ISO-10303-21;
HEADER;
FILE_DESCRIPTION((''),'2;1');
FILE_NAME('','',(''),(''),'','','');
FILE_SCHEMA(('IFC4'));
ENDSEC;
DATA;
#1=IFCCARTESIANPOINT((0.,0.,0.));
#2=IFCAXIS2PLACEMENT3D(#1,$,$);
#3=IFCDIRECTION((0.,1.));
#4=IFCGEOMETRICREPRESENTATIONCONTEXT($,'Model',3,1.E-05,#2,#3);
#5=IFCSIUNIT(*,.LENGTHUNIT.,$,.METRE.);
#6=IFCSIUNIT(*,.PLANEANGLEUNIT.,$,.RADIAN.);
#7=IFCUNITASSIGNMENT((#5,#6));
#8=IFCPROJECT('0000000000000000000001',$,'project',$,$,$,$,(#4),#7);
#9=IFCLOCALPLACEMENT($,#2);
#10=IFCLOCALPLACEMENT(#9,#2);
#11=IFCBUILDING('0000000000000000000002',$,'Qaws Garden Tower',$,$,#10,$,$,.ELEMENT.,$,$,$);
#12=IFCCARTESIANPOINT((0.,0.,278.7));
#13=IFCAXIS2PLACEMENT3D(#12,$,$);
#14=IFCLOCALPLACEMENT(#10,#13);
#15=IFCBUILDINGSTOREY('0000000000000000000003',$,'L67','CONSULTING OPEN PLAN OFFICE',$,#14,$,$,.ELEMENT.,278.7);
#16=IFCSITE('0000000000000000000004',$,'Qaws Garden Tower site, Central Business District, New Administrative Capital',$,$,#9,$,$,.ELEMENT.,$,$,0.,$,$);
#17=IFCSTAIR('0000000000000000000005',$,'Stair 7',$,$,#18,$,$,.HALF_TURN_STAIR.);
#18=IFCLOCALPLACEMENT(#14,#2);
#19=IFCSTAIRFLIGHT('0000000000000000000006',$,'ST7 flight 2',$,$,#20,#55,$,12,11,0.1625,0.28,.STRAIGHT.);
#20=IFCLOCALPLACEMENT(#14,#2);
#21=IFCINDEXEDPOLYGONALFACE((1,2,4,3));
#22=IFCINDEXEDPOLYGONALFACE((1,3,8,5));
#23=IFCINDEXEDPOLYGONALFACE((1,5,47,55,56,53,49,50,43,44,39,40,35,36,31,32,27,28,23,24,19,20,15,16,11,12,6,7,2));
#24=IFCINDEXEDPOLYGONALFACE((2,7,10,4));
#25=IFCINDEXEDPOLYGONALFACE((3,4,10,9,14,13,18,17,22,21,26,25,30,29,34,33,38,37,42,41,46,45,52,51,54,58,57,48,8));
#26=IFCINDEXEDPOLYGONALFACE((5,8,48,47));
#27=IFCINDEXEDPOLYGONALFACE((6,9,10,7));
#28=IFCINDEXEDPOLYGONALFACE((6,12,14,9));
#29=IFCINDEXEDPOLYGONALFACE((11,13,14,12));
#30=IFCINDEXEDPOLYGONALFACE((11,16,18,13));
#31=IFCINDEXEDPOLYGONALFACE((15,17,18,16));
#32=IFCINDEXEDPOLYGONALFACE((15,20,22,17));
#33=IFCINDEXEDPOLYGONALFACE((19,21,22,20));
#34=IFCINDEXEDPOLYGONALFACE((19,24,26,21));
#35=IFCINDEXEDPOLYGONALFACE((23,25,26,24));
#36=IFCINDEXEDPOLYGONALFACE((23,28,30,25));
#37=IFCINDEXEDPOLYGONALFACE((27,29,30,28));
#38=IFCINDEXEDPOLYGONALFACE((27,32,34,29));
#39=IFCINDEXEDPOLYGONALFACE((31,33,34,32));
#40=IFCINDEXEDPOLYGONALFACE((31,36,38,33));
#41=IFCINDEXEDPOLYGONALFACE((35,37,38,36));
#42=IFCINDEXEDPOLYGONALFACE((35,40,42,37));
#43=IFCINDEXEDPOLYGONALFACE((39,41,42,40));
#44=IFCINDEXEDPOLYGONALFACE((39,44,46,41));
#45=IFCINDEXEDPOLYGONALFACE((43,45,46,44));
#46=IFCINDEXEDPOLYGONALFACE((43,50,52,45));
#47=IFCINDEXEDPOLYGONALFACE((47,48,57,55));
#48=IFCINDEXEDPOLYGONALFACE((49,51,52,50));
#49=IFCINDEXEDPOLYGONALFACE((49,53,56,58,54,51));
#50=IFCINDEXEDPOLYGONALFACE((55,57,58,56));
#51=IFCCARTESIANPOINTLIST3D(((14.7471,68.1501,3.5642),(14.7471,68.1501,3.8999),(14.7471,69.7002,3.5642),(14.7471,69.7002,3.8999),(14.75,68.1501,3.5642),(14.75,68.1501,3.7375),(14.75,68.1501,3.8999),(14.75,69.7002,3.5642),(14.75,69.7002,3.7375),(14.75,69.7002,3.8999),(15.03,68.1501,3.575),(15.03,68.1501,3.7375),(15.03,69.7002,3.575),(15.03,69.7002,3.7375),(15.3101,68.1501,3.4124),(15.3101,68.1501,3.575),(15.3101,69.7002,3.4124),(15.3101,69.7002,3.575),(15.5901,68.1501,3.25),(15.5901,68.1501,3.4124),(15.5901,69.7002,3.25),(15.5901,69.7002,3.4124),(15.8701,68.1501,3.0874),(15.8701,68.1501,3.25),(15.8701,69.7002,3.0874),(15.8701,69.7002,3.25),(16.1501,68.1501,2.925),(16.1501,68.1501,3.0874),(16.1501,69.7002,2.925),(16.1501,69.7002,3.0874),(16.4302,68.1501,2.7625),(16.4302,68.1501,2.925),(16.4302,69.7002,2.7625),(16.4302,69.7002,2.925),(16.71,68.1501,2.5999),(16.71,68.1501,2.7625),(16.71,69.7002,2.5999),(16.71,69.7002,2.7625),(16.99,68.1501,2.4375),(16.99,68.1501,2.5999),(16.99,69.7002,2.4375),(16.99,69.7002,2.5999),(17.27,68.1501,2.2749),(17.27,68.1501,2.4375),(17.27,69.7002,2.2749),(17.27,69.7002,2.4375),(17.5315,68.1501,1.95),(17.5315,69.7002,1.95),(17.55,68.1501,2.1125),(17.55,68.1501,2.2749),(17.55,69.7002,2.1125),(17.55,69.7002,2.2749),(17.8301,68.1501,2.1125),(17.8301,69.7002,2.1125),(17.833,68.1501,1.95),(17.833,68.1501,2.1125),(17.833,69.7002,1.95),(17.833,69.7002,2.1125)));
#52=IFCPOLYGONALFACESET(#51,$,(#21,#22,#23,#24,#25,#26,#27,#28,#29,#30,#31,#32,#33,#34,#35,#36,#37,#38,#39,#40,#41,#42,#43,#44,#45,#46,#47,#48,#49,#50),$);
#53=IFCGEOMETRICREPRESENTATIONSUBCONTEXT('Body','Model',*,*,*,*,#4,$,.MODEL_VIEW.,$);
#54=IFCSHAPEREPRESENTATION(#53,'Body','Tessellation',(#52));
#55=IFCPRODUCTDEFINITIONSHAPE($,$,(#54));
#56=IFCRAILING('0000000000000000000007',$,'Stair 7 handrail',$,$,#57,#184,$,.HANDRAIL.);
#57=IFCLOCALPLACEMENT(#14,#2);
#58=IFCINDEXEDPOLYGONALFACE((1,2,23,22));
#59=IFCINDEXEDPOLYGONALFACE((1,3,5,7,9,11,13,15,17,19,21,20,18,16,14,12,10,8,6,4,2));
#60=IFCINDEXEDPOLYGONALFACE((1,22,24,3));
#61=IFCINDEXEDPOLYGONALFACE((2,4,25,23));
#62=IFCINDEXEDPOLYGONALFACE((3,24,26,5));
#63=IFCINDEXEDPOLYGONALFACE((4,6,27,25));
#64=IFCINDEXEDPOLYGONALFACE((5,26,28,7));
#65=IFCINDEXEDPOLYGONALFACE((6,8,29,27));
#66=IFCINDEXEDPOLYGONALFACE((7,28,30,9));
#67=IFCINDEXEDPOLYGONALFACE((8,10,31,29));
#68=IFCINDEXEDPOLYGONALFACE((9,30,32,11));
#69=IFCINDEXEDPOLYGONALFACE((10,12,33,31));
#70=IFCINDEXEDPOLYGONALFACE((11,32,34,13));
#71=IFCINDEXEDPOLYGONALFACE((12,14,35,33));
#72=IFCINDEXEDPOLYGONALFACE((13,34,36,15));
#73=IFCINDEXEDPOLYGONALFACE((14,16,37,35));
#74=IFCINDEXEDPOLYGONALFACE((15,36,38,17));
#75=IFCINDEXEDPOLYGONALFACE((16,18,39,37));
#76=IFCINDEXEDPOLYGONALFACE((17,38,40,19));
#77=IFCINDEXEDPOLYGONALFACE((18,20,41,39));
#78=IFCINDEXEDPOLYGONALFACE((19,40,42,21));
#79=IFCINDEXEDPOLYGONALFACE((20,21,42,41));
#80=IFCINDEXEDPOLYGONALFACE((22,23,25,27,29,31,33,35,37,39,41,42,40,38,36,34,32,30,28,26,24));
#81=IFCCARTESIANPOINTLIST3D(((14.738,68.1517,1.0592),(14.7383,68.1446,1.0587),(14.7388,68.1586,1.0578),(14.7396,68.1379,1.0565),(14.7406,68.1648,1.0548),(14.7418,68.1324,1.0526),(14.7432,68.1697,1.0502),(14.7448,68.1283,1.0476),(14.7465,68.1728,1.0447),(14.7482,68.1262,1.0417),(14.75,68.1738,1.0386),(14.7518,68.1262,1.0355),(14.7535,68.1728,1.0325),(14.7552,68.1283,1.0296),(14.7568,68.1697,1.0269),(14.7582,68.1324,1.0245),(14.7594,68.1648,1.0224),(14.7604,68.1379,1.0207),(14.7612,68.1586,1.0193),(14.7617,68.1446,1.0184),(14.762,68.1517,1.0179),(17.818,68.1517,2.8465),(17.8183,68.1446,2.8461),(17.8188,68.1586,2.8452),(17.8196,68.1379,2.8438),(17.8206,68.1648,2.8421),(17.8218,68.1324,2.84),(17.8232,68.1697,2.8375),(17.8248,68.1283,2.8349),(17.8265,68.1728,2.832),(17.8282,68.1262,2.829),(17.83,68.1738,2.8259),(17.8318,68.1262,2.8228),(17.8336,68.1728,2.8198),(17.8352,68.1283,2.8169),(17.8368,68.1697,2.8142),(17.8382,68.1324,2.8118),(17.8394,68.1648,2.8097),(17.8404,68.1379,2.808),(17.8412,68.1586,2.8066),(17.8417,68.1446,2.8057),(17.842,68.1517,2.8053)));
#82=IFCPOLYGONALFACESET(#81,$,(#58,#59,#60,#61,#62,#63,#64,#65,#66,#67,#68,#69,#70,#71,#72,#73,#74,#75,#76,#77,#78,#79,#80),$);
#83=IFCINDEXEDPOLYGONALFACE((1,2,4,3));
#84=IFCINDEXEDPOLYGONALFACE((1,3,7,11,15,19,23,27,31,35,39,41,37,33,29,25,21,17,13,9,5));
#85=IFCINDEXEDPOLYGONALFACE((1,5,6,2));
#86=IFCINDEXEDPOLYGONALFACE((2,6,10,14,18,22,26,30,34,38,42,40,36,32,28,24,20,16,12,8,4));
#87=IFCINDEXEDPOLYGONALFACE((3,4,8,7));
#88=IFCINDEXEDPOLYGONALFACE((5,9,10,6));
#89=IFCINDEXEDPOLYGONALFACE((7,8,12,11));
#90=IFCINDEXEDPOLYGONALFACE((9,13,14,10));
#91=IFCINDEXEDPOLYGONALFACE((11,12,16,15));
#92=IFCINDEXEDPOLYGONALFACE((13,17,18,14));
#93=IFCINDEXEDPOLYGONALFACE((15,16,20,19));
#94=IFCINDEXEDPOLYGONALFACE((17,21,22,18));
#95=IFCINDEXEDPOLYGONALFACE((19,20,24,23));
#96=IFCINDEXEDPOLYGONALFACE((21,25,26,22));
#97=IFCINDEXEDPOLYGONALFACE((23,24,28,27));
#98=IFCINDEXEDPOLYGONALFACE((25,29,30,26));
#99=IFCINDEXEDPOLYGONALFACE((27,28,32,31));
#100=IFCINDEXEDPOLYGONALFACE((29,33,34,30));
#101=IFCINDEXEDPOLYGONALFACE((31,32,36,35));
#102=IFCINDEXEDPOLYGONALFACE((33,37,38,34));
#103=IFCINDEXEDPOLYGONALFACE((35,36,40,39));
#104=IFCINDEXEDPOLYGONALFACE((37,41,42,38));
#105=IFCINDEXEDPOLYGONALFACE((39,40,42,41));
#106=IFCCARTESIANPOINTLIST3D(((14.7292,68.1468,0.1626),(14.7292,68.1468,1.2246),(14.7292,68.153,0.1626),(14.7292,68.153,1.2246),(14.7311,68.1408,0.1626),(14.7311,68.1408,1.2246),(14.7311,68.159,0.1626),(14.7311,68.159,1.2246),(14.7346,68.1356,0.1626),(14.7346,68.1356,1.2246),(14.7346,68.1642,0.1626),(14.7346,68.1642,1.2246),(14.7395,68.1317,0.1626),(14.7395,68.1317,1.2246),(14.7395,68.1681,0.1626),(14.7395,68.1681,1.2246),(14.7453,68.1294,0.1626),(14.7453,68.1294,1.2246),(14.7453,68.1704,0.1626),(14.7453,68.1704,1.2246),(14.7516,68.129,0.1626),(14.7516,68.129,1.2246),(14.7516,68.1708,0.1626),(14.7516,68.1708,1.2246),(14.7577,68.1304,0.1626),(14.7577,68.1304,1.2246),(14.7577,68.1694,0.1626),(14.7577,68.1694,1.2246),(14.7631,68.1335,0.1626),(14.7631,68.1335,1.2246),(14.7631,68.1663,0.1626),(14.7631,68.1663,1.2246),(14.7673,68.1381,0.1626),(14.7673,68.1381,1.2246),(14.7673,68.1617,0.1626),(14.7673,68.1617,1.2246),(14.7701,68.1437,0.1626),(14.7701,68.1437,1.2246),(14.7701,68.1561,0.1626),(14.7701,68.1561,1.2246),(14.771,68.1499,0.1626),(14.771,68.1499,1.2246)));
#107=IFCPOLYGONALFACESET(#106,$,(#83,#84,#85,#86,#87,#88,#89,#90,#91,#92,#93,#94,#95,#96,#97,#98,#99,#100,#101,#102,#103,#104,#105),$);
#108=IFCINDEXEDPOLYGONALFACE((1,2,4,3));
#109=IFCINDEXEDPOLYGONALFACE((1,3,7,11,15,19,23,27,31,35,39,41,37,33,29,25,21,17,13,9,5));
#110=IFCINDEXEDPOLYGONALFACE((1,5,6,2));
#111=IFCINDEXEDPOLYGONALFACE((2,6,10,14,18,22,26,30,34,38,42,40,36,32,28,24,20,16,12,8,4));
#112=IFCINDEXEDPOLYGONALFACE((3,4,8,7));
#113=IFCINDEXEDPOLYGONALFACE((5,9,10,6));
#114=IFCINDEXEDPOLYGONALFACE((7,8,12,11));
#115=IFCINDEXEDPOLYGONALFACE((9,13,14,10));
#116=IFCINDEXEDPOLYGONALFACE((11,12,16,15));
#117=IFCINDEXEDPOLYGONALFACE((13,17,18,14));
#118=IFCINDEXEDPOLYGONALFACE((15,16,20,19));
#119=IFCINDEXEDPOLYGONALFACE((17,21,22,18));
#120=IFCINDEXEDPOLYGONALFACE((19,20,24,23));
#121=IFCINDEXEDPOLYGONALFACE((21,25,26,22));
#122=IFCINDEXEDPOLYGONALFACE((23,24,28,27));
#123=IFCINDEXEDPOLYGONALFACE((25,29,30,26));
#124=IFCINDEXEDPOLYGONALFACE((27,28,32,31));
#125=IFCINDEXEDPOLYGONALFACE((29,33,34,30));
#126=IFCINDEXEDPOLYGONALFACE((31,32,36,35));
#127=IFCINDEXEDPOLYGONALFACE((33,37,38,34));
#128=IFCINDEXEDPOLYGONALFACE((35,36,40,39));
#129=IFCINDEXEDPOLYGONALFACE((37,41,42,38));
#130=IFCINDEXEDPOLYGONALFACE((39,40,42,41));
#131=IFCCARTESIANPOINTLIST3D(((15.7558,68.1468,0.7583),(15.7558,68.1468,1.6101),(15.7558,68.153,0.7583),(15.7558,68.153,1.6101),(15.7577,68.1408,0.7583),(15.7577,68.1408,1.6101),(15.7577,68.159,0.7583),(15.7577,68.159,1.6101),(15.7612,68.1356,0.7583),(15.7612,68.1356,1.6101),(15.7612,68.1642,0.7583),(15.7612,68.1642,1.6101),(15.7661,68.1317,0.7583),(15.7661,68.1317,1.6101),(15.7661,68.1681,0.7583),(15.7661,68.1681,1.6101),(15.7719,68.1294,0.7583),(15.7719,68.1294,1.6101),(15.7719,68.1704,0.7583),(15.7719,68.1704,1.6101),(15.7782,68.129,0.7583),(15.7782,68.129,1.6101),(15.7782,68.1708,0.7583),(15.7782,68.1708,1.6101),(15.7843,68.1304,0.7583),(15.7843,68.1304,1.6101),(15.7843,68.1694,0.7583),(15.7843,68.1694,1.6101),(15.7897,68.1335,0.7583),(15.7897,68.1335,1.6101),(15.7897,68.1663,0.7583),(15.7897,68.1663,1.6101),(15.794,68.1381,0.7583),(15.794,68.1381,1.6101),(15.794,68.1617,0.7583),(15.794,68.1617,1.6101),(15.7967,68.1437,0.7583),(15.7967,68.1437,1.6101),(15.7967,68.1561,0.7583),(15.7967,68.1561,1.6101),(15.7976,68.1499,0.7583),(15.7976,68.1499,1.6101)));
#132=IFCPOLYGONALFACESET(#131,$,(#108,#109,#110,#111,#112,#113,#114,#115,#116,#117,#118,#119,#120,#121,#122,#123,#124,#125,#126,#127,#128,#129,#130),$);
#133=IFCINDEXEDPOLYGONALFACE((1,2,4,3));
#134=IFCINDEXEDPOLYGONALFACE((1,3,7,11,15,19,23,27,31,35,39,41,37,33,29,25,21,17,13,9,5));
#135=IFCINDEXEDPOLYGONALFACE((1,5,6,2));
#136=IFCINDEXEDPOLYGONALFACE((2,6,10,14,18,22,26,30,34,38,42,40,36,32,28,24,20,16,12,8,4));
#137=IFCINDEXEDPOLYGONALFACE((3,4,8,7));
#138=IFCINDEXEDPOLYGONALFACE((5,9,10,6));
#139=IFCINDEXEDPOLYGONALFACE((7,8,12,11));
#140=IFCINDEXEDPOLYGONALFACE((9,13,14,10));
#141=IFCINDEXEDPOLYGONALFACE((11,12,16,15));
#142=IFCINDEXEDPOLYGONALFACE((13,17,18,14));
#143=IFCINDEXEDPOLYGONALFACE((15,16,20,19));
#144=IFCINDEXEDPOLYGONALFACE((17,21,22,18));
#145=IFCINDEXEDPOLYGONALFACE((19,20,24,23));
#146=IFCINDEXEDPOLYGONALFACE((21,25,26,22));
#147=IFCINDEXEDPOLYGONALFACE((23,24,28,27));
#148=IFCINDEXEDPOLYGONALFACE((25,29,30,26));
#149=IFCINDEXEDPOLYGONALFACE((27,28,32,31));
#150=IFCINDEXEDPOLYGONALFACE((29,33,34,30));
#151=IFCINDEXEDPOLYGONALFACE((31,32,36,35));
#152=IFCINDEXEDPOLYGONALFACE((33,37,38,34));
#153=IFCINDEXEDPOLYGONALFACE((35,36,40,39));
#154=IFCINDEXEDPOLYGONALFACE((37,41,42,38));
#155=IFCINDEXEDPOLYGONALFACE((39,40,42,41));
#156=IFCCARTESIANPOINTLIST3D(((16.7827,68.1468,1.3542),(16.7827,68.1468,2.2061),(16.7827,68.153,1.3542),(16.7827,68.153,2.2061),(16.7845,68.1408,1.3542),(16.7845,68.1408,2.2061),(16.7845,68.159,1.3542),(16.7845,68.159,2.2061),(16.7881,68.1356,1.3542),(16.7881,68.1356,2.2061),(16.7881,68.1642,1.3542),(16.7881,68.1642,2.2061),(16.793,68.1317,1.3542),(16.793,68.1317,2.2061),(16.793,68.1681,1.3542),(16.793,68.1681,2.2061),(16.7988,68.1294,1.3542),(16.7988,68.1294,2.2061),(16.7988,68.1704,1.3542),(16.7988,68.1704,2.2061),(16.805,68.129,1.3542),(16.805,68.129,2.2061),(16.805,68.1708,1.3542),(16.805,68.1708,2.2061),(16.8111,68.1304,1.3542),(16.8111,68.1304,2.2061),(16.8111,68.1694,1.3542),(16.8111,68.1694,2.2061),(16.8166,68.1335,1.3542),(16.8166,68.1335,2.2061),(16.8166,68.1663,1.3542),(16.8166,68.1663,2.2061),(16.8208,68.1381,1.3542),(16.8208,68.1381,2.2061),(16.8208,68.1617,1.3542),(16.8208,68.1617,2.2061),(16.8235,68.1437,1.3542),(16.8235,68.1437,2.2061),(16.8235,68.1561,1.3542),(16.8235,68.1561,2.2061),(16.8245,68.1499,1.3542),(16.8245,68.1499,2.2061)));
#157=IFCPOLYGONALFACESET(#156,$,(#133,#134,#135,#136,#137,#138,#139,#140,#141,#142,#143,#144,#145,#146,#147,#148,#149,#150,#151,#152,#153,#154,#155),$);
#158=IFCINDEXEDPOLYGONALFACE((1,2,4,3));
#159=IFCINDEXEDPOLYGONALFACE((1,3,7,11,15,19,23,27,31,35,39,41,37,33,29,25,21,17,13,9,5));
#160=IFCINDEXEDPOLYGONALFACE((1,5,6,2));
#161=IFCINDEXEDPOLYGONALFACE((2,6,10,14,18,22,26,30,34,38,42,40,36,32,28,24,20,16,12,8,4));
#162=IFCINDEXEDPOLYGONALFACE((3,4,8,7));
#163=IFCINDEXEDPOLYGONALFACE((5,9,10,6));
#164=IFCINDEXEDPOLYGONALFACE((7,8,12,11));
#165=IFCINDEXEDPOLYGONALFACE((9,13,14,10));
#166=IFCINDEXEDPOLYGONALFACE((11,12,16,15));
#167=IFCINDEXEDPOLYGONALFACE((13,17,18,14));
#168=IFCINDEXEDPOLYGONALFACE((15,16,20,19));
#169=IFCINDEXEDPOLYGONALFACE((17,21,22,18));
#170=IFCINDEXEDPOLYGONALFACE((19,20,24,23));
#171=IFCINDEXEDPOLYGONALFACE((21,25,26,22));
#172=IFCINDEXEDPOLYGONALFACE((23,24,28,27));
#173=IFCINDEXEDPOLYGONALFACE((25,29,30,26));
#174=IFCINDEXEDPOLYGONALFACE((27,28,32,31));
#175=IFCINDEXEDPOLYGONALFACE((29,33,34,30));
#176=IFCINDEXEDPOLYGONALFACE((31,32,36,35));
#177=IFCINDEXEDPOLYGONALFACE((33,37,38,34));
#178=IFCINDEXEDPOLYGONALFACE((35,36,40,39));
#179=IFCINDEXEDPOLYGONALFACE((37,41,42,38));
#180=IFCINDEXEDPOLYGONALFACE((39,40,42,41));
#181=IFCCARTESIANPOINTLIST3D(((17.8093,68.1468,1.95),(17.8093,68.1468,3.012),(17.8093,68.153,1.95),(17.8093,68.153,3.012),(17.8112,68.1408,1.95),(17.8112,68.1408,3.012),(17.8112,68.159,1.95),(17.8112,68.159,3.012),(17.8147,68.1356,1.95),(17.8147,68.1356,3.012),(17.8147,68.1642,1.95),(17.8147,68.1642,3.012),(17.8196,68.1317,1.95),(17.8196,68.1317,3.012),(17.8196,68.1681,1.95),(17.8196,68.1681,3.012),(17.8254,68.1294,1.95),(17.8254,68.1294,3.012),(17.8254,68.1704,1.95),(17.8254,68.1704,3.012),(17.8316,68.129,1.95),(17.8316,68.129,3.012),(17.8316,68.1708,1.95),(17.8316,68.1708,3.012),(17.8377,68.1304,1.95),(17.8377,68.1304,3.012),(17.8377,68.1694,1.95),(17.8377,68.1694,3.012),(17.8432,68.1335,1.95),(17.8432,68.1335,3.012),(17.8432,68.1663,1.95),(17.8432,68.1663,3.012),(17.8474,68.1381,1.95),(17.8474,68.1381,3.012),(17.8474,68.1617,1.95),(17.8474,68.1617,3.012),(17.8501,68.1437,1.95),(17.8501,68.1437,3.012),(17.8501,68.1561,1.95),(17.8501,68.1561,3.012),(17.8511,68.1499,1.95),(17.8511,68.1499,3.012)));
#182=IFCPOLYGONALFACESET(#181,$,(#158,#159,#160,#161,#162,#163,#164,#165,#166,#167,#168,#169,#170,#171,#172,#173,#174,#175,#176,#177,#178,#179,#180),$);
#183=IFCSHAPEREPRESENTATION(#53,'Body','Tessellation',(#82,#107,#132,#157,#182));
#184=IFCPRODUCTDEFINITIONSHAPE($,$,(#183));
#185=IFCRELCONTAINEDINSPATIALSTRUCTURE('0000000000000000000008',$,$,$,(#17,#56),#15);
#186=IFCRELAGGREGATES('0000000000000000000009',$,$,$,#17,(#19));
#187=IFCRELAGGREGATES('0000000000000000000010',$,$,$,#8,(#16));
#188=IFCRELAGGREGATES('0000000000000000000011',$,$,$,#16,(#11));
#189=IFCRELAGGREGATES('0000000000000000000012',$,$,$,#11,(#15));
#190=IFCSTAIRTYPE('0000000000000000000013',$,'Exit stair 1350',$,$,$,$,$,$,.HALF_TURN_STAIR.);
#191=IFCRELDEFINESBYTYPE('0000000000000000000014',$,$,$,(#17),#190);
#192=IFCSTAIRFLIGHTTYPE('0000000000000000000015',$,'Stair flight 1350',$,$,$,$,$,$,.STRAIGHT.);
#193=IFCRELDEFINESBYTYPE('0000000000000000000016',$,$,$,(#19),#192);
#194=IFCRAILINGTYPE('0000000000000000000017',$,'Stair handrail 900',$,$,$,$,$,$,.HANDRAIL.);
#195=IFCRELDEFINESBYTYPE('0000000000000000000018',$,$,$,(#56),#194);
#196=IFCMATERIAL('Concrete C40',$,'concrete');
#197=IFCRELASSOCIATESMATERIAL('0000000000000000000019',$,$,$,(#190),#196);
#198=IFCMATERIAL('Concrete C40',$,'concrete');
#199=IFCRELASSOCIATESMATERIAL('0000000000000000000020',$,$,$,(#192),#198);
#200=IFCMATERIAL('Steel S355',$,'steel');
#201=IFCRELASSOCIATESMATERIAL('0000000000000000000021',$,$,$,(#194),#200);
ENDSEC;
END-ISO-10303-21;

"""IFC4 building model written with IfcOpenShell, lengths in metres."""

from ifc_helpers import new_model, si_unit, direction, frame, origin, origin_2d, place, context, subcontext, project, spatial, polyline, circle, outline, extrude, material, type_object, element, aggregate, save


model = new_model("IFC4")

# Units and contexts
model_context = context("Model", 3, precision=1e-05, world=origin(), true_north=direction((0.0, 1.0)))
body_context = subcontext(model_context, "Body", "Model", "MODEL_VIEW")
ifc_project = project(units=[si_unit("LENGTHUNIT", "METRE"), si_unit("PLANEANGLEUNIT", "RADIAN")], contexts=[model_context])

# Site, building, storey
site_placement = place(None, origin())
site = spatial("IfcSite", under=ifc_project, at=site_placement, Name="Qaws Garden Tower site, Central Business District, New Administrative Capital", CompositionType="ELEMENT", RefElevation=0.0)
building_placement = place(site_placement, origin())
building = spatial("IfcBuilding", under=site, at=building_placement, Name="Qaws Garden Tower", CompositionType="ELEMENT")
storey_placement = place(building_placement, frame((0.0, 0.0, 278.7)))
storey = spatial("IfcBuildingStorey", under=building, at=storey_placement, Name="L67", Description="CONSULTING OPEN PLAN OFFICE", CompositionType="ELEMENT", Elevation=278.7)

# Stair, stair flight
ifc_material_1 = material(Name="Concrete C40", Category="concrete")
stair_type = type_object("IfcStairType", Name="Exit stair 1350", PredefinedType="HALF_TURN_STAIR", material=ifc_material_1)
stair_placement = place(storey_placement, origin())
stair = element("IfcStair", 1, at=stair_placement, inside=storey, type_object=stair_type, Name="Stair 7", PredefinedType="HALF_TURN_STAIR")
ifc_material_2 = material(Name="Concrete C40", Category="concrete")
stair_flight_type = type_object("IfcStairFlightType", Name="Stair flight 1350", PredefinedType="STRAIGHT", material=ifc_material_2)
stair_flight_1_placement = place(storey_placement, frame((17.8301, 68.925, 1.95), z_axis=(0.0, 0.0, 1.0), x_axis=(-1.0, 0.0, 0.0)))
stair_flight_1 = element("IfcStairFlight", 2, at=stair_flight_1_placement, type_object=stair_flight_type, Name="ST7 flight 2", NumberOfRisers=12, NumberOfTreads=11, PredefinedType="STRAIGHT", RiserHeight=0.1625, TreadLength=0.28, context=body_context, shape_type="SweptSolid", body=[
    extrude(outline(polyline([(-0.0029, 0.0), (-0.0029, 0.1626), (0.0, 0.1626), (0.28, 0.1626), (0.28, 0.325), (0.5601, 0.325), (0.5601, 0.4875), (0.8401, 0.4875), (0.8401, 0.6499), (1.1201, 0.6499), (1.1201, 0.8125), (1.3999, 0.8125), (1.3999, 0.9751), (1.6799, 0.9751), (1.6799, 1.1375), (1.96, 1.1375), (1.96, 1.3), (2.24, 1.3), (2.24, 1.4624), (2.52, 1.4624), (2.52, 1.625), (2.8, 1.625), (2.8, 1.7876), (3.0801, 1.7876), (3.0801, 1.95), (3.083, 1.95), (3.083, 1.6143), (3.0801, 1.6143), (0.2986, 0.0), (-0.0029, 0.0)])), frame((0.0, 0.7749, 0.0), z_axis=(0.0, -1.0, 0.0), x_axis=(1.0, 0.0, 0.0)), (0.0, 0.0, 1.0), 1.55),
])
aggregate(stair, [stair_flight_1])

# Railing
ifc_material_3 = material(Name="Steel S355", Category="steel")
railing_type = type_object("IfcRailingType", Name="Stair handrail 900", PredefinedType="HANDRAIL", material=ifc_material_3)
railing_1_placement = place(storey_placement, frame((14.75, 68.1499, 0.1626)))
element("IfcRailing", 3, at=railing_1_placement, inside=storey, type_object=railing_type, Name="Stair 7 handrail", PredefinedType="HANDRAIL", context=body_context, shape_type="SweptSolid", body=[
    extrude(circle(Radius=0.0239, at=origin_2d()), frame((0.0, 0.0, 0.876), z_axis=(0.86492, 0.0, 0.501909), x_axis=(0.0, 1.0, 0.0)), (0.0, 0.0, 1.0), 3.561),
    extrude(circle(Radius=0.021, at=origin_2d()), origin(), (0.0, 0.0, 1.0), 1.062),
    extrude(circle(Radius=0.021, at=origin_2d()), frame((1.0266, 0.0, 0.5957)), (0.0, 0.0, 1.0), 0.8518),
    extrude(circle(Radius=0.021, at=origin_2d()), frame((2.0535, 0.0, 1.1917)), (0.0, 0.0, 1.0), 0.8518),
    extrude(circle(Radius=0.021, at=origin_2d()), frame((3.0801, 0.0, 1.7874)), (0.0, 0.0, 1.0), 1.062),
])

save(model, "model.ifc")
